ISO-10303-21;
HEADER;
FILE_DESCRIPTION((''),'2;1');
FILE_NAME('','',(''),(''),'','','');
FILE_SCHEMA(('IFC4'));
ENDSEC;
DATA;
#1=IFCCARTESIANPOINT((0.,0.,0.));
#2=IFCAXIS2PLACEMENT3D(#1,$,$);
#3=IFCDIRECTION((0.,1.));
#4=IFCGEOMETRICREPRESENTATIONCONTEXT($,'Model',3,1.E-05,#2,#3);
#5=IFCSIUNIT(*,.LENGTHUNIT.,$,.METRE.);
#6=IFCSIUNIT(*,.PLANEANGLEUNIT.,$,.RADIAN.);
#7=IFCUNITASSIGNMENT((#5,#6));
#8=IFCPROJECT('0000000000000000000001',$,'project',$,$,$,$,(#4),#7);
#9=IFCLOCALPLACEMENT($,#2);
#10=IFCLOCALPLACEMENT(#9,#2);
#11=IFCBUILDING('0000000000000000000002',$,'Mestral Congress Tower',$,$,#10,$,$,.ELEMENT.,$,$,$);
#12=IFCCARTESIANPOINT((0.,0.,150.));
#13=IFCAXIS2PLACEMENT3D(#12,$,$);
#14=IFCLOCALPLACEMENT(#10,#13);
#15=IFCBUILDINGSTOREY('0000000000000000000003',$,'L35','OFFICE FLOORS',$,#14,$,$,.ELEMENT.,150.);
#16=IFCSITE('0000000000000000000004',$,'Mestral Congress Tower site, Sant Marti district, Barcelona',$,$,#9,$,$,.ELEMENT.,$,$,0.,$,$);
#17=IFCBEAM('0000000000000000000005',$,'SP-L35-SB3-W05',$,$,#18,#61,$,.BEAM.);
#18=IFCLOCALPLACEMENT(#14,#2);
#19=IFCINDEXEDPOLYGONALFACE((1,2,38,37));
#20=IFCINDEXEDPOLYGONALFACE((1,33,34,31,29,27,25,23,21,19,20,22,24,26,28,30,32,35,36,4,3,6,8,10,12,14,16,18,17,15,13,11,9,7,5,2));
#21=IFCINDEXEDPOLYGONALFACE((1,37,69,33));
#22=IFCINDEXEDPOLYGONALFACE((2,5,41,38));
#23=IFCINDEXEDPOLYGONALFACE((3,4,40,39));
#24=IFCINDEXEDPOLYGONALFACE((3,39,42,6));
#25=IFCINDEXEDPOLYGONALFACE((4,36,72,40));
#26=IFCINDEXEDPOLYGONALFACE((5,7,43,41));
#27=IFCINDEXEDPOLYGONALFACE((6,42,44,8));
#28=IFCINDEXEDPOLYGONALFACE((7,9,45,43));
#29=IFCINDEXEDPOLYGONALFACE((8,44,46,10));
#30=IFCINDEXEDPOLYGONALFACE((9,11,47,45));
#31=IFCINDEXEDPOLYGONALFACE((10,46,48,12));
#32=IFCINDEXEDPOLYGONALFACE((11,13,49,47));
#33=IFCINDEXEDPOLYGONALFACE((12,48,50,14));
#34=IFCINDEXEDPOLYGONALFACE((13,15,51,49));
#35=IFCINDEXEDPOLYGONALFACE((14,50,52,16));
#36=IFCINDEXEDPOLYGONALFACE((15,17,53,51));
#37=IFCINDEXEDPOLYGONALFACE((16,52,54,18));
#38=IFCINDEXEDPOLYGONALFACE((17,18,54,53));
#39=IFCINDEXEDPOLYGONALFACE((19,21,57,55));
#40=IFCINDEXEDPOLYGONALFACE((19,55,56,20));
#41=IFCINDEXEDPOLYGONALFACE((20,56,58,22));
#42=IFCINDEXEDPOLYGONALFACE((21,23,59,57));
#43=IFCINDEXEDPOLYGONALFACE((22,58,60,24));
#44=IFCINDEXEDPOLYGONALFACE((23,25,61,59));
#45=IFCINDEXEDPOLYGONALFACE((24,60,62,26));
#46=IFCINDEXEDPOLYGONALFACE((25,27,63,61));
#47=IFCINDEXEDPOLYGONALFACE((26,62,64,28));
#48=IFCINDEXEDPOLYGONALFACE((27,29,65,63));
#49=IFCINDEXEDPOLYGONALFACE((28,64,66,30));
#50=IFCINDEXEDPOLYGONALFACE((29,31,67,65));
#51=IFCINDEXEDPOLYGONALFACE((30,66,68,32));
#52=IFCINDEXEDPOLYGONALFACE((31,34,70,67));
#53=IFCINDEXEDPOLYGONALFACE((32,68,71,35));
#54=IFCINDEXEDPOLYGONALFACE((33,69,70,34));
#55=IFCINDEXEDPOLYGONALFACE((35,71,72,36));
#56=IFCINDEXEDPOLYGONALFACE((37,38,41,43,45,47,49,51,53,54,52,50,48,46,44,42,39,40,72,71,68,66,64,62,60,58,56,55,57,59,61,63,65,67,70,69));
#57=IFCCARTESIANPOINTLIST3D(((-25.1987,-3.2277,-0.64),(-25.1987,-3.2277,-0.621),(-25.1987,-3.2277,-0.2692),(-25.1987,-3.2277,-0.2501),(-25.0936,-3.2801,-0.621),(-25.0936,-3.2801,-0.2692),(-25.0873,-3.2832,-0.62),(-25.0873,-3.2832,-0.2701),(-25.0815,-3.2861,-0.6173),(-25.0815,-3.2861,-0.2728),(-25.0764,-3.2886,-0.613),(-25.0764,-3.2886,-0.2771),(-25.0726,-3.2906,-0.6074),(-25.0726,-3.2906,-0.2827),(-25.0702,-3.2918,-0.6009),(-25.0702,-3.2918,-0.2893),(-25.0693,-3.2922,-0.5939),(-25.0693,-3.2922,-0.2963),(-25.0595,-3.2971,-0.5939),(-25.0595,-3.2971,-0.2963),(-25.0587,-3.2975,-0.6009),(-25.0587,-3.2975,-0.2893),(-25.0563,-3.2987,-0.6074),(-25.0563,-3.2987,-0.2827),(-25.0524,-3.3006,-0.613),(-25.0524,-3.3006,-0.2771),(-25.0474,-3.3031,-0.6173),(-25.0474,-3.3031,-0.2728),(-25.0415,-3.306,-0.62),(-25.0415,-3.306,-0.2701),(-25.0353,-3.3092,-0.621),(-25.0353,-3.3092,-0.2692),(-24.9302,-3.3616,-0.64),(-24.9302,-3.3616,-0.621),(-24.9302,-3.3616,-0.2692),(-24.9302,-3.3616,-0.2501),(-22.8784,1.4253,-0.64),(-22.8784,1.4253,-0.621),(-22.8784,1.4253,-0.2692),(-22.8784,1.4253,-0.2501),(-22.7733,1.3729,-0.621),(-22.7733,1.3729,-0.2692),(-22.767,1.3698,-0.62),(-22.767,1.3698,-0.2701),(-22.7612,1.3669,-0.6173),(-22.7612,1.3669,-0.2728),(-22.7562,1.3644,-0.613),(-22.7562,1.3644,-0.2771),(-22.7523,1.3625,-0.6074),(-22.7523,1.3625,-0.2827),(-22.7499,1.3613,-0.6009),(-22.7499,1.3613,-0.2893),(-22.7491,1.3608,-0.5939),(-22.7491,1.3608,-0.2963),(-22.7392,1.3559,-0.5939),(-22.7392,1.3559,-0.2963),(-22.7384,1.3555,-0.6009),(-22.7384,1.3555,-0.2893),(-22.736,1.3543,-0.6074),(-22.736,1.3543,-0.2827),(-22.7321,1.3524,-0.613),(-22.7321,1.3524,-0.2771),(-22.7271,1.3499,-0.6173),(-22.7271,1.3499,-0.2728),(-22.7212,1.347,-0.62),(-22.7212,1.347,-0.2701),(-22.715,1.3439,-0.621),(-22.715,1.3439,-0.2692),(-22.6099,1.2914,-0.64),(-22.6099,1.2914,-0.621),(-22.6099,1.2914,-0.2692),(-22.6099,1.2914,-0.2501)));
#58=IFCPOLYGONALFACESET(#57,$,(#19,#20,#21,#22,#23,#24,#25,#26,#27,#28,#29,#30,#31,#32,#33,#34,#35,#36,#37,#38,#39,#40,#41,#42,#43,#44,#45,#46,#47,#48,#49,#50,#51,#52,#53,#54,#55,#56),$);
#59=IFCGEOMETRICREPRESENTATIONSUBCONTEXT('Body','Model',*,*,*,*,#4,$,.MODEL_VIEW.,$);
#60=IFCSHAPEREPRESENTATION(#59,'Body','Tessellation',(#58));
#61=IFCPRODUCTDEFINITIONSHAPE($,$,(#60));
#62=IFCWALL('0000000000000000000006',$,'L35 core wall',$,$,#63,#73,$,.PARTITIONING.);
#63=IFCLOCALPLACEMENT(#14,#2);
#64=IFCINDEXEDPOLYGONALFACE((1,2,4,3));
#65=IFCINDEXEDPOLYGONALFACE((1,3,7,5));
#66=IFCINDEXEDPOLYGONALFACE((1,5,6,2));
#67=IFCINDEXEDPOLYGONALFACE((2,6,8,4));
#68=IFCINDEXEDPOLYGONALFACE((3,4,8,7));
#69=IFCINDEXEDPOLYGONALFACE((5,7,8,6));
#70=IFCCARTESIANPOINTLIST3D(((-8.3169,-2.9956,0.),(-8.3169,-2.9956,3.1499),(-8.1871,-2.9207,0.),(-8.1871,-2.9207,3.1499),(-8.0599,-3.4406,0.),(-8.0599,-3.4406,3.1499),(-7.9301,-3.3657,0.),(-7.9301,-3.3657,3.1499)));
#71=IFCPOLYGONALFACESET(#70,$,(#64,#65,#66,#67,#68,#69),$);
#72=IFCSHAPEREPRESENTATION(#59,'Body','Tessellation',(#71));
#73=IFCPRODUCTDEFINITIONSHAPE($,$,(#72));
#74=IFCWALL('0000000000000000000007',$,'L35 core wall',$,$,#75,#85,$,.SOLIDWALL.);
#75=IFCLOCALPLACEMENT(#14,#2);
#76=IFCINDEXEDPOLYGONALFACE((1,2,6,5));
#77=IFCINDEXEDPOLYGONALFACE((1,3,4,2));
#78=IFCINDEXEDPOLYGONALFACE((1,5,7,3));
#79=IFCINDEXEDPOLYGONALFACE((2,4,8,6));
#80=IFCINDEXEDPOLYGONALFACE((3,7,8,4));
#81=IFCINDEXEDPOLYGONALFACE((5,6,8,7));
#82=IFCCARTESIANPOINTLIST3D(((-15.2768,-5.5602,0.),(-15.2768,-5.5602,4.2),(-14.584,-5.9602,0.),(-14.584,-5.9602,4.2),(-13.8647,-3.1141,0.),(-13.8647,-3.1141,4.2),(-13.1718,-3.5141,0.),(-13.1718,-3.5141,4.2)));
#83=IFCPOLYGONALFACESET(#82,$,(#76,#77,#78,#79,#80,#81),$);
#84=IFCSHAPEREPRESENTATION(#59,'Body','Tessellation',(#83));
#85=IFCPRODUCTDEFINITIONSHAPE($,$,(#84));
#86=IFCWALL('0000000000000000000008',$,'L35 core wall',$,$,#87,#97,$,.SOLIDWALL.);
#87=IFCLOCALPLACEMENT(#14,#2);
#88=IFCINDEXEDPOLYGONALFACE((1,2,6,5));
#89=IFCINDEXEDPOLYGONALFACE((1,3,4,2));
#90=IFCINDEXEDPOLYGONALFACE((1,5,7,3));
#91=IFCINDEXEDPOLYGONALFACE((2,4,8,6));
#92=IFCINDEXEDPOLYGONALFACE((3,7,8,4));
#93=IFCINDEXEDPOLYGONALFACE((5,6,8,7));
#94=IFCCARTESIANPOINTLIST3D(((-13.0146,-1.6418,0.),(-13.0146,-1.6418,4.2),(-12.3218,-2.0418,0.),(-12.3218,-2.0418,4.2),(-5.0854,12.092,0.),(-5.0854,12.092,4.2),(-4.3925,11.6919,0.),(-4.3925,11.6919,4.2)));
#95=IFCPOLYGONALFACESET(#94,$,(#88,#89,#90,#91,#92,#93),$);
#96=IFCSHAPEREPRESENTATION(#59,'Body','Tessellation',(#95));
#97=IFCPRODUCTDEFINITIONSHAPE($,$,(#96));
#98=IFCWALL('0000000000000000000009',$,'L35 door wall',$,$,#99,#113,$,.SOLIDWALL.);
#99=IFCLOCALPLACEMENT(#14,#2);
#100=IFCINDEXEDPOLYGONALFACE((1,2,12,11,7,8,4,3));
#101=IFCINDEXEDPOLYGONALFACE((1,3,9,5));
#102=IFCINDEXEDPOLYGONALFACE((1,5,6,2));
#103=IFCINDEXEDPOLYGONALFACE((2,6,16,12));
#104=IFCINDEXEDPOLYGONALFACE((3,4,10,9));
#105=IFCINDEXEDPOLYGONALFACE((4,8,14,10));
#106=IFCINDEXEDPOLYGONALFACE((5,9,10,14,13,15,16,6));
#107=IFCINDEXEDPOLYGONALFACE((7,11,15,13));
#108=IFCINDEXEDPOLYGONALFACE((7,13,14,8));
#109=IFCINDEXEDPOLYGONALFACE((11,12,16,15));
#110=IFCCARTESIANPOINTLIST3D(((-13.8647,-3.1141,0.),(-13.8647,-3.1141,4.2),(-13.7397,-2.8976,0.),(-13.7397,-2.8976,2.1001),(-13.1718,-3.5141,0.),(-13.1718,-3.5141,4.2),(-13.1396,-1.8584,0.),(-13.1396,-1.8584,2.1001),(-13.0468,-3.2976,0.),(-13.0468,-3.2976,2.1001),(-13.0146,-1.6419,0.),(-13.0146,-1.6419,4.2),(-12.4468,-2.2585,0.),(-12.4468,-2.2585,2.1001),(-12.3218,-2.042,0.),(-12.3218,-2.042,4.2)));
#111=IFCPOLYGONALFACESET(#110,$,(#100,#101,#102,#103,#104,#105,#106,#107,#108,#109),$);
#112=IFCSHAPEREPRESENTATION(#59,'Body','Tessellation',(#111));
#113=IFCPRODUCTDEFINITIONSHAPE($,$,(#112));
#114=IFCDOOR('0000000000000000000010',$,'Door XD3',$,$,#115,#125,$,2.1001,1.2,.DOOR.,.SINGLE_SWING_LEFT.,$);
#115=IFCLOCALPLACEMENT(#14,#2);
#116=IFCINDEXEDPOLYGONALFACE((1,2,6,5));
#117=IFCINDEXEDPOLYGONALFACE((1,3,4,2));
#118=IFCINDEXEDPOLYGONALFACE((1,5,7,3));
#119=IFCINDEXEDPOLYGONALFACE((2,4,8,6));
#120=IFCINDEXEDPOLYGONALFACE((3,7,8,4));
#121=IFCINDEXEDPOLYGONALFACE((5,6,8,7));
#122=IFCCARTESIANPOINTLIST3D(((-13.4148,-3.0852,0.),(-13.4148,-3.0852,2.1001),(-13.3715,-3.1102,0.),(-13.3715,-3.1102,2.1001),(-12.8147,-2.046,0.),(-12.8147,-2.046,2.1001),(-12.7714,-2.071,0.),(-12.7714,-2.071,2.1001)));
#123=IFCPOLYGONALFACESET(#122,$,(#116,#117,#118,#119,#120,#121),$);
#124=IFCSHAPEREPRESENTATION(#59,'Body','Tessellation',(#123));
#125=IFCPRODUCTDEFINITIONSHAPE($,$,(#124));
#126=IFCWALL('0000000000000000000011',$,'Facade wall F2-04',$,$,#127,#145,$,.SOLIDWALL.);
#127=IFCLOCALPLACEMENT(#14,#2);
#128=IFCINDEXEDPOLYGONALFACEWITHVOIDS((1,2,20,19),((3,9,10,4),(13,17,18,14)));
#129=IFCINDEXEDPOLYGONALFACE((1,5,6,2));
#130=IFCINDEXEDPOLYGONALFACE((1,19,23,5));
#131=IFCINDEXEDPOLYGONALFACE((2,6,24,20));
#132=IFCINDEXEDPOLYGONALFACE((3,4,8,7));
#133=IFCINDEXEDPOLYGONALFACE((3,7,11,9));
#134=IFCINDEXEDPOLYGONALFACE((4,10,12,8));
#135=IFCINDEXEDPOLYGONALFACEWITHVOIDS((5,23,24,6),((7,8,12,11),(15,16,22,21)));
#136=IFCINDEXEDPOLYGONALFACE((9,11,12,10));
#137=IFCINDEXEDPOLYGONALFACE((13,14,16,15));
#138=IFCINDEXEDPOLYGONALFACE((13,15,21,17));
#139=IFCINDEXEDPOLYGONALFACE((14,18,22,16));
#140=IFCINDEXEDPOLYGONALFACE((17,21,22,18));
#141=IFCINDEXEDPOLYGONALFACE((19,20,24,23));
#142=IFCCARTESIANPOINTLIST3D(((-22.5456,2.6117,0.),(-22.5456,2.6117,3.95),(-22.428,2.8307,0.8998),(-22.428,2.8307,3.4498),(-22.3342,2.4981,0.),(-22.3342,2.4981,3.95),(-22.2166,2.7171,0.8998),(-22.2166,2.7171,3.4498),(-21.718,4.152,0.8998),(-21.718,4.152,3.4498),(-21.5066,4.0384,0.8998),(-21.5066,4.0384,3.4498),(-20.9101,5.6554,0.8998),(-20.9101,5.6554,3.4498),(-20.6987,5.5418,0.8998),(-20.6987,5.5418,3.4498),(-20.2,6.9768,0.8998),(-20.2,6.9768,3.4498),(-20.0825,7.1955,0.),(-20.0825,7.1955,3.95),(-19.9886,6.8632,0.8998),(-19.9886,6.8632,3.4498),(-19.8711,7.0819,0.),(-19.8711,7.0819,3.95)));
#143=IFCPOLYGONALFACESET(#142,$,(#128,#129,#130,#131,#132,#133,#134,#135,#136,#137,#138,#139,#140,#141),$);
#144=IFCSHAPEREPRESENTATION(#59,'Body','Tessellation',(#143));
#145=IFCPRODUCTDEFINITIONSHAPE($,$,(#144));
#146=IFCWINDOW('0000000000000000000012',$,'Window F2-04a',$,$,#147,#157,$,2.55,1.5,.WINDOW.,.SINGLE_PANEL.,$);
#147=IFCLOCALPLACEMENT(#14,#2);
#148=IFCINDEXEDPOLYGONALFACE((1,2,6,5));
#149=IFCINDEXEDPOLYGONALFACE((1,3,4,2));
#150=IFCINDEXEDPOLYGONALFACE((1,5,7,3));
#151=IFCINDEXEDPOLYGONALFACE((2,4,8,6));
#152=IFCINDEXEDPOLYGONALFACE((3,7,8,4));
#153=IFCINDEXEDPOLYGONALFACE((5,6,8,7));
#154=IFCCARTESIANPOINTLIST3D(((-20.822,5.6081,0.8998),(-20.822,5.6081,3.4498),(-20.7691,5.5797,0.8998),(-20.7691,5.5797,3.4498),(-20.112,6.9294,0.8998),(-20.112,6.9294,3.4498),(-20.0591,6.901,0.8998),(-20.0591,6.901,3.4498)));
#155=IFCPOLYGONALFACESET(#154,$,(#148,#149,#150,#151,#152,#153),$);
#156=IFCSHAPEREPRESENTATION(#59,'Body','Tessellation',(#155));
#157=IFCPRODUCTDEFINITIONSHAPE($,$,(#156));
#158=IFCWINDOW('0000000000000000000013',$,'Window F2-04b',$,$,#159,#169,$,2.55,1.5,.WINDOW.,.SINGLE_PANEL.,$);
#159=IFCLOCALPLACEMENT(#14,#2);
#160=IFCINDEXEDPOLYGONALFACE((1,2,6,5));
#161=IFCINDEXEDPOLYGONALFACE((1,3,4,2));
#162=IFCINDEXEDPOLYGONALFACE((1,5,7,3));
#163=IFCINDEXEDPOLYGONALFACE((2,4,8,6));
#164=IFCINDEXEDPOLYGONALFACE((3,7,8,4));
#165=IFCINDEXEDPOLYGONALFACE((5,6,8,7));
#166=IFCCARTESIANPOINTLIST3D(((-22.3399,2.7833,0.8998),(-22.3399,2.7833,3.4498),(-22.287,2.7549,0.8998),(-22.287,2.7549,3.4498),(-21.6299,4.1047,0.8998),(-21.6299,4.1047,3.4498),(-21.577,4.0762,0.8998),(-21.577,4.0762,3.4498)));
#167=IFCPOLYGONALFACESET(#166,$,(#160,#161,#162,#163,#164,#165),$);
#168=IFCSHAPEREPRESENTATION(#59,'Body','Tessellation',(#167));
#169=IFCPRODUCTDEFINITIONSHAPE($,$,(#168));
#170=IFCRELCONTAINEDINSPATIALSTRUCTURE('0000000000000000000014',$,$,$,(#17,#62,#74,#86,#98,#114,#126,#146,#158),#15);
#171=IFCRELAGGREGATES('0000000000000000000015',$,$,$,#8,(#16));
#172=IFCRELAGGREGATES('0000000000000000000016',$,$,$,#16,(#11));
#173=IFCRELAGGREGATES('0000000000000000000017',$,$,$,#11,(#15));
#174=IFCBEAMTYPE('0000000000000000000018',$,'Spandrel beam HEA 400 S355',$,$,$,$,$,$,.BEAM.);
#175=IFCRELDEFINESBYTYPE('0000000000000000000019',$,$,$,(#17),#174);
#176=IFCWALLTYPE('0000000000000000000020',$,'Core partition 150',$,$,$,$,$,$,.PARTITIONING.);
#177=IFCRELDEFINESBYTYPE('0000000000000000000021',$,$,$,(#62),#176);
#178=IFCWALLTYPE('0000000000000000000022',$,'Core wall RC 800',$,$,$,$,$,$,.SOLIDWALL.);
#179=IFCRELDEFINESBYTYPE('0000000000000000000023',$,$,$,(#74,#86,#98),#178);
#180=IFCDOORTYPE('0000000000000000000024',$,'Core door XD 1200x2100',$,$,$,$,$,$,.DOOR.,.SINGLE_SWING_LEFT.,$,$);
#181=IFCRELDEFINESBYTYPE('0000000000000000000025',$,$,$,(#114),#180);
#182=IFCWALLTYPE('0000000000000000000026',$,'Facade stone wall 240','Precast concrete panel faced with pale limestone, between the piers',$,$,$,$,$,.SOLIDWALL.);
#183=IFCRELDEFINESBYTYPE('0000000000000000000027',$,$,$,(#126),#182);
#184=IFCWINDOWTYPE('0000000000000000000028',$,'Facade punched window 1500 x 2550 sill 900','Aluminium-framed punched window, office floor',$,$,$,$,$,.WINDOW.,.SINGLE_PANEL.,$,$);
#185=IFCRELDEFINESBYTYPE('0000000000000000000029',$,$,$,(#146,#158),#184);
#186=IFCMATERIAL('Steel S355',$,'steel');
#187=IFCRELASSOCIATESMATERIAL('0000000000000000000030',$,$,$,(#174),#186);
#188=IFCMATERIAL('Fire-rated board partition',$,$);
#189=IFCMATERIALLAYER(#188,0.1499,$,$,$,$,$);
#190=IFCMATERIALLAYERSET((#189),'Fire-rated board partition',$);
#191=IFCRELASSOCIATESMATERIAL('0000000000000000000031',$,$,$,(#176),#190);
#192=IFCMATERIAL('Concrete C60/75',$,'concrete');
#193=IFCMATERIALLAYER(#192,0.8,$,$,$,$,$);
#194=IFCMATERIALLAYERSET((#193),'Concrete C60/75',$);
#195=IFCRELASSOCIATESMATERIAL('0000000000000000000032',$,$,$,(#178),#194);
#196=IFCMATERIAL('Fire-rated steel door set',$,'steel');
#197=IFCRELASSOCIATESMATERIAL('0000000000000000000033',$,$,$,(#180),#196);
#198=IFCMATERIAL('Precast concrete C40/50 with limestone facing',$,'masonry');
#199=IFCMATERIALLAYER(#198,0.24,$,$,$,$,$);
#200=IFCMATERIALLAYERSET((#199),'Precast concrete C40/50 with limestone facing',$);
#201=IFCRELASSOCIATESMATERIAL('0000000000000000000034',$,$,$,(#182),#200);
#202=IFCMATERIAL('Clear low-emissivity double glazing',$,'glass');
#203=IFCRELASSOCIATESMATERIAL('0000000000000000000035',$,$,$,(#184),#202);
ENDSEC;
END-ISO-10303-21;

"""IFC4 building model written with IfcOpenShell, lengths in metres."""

from ifc_helpers import new_model, si_unit, direction, frame, frame_2d, origin, origin_2d, place, context, subcontext, project, spatial, rectangle, i_section, extrude, material, layer, layer_set, material_profile, profile_set, type_object, element, fill, save


model = new_model("IFC4")

# Units and contexts
model_context = context("Model", 3, precision=1e-05, world=origin(), true_north=direction((0.0, 1.0)))
body_context = subcontext(model_context, "Body", "Model", "MODEL_VIEW")
ifc_project = project(units=[si_unit("LENGTHUNIT", "METRE"), si_unit("PLANEANGLEUNIT", "RADIAN")], contexts=[model_context])

# Site, building, storey
site_placement = place(None, origin())
site = spatial("IfcSite", under=ifc_project, at=site_placement, Name="Mestral Congress Tower site, Sant Marti district, Barcelona", CompositionType="ELEMENT", RefElevation=0.0)
building_placement = place(site_placement, origin())
building = spatial("IfcBuilding", under=site, at=building_placement, Name="Mestral Congress Tower", CompositionType="ELEMENT")
storey_placement = place(building_placement, frame((0.0, 0.0, 150.0)))
storey = spatial("IfcBuildingStorey", under=building, at=storey_placement, Name="L35", Description="OFFICE FLOORS", CompositionType="ELEMENT", Elevation=150.0)

# Shared definitions
ifc_material_1 = material(Name="Concrete C60/75", Category="concrete")

# Beam
ifc_material_2 = material(Name="Steel S355", Category="steel")
ifc_material_profile_1 = material_profile(ifc_material_2, i_section(OverallWidth=0.3, OverallDepth=0.3899, WebThickness=0.011, FlangeThickness=0.019, FilletRadius=0.0271, at=origin_2d()), Name="HEA 400")
ifc_profile_set_1 = profile_set([ifc_material_profile_1], Name="Steel S355")
beam_type_1 = type_object("IfcBeamType", Name="Spandrel beam HEA 400 S355", PredefinedType="BEAM", material=ifc_profile_set_1)
beam_1_placement = place(storey_placement, frame((-22.7441, 1.3584, -0.4451), z_axis=(-0.446255, -0.894906, 0.0), x_axis=(0.894906, -0.446255, 0.0)))
element("IfcBeam", 1, at=beam_1_placement, inside=storey, type_object=beam_type_1, Name="SP-L35-SB3-W05", PredefinedType="BEAM", context=body_context, shape_type="SweptSolid", body=[
    extrude(i_section(OverallWidth=0.3, OverallDepth=0.3899, WebThickness=0.011, FlangeThickness=0.019, FilletRadius=0.0271, at=origin_2d()), origin(), (0.0, 0.0, 1.0), 5.1995),
])

# Walls
ifc_material_3 = material(Name="Fire-rated board partition")
ifc_layer_1 = layer(ifc_material_3, 0.1499)
ifc_layer_set_1 = layer_set([ifc_layer_1], Name="Fire-rated board partition")
wall_type_1 = type_object("IfcWallType", Name="Core partition 150", PredefinedType="PARTITIONING", material=ifc_layer_set_1)
wall_1_placement = place(storey_placement, frame((-8.252, -2.9583, 0.0), z_axis=(0.0, 0.0, 1.0), x_axis=(0.500175, -0.865925, 0.0)))
element("IfcWall", 2, at=wall_1_placement, inside=storey, type_object=wall_type_1, Name="L35 core wall", PredefinedType="PARTITIONING", context=body_context, shape_type="SweptSolid", body=[
    extrude(rectangle(XDim=0.5139, YDim=0.1499, at=frame_2d((0.2568, 0.0))), origin(), (0.0, 0.0, 1.0), 3.1499),
])
ifc_layer_2 = layer(ifc_material_1, 0.8)
ifc_layer_set_2 = layer_set([ifc_layer_2], Name="Concrete C60/75")
wall_type_2 = type_object("IfcWallType", Name="Core wall RC 800", PredefinedType="SOLIDWALL", material=ifc_layer_set_2)
wall_2_placement = place(storey_placement, frame((-13.5183, -3.3142, 0.0), z_axis=(0.0, 0.0, 1.0), x_axis=(-0.499969, -0.866043, 0.0)))
element("IfcWall", 3, at=wall_2_placement, inside=storey, type_object=wall_type_2, Name="L35 core wall", PredefinedType="SOLIDWALL", context=body_context, shape_type="SweptSolid", body=[
    extrude(rectangle(XDim=2.8245, YDim=0.8, at=frame_2d((1.4121, 0.0))), origin(), (0.0, 0.0, 1.0), 4.2),
])
wall_3_placement = place(storey_placement, frame((-12.6682, -1.8418, 0.0), z_axis=(0.0, 0.0, 1.0), x_axis=(0.500004, 0.866023, 0.0)))
element("IfcWall", 4, at=wall_3_placement, inside=storey, type_object=wall_type_2, Name="L35 core wall", PredefinedType="SOLIDWALL", context=body_context, shape_type="SweptSolid", body=[
    extrude(rectangle(XDim=15.8584, YDim=0.8, at=frame_2d((7.9292, 0.0))), origin(), (0.0, 0.0, 1.0), 4.2),
])

# Wall, opening, door
wall_4_placement = place(storey_placement, frame((-13.5183, -3.3142, 0.0), z_axis=(0.0, 0.0, 1.0), x_axis=(0.500062, 0.865989, 0.0)))
wall_4 = element("IfcWall", 5, at=wall_4_placement, inside=storey, type_object=wall_type_2, Name="L35 door wall", PredefinedType="SOLIDWALL", context=body_context, shape_type="SweptSolid", body=[
    extrude(rectangle(XDim=1.7, YDim=0.8, at=frame_2d((0.8501, 0.0))), origin(), (0.0, 0.0, 1.0), 4.2),
])
opening_1_placement = place(wall_4_placement, frame((0.25, 0.0, 0.0)))
opening_1 = element("IfcOpeningElement", 6, at=opening_1_placement, cuts=wall_4, PredefinedType="OPENING", context=body_context, shape_type="SweptSolid", body=[
    extrude(rectangle(XDim=1.2, YDim=2.1001, at=frame_2d((0.6001, 1.05))), frame((0.0, 0.4099, 0.0), z_axis=(0.0, -1.0, 0.0), x_axis=(1.0, 0.0, 0.0)), (0.0, 0.0, 1.0), 0.8201),
])
ifc_material_4 = material(Name="Fire-rated steel door set", Category="steel")
door_type_1 = type_object("IfcDoorType", Name="Core door XD 1200x2100", OperationType="SINGLE_SWING_LEFT", PredefinedType="DOOR", material=ifc_material_4)
door_1_placement = place(opening_1_placement, origin())
door_1 = element("IfcDoor", 7, at=door_1_placement, inside=storey, type_object=door_type_1, Name="Door XD3", OperationType="SINGLE_SWING_LEFT", OverallHeight=2.1001, OverallWidth=1.2, PredefinedType="DOOR", context=body_context, shape_type="SweptSolid", body=[
    extrude(rectangle(XDim=1.2, YDim=2.1001, at=frame_2d((0.6001, 1.05))), frame((0.0, 0.0249, 0.0), z_axis=(0.0, -1.0, 0.0), x_axis=(1.0, 0.0, 0.0)), (0.0, 0.0, 1.0), 0.05),
])
fill(opening_1, door_1)

# Wall, openings, windows
ifc_material_5 = material(Name="Precast concrete C40/50 with limestone facing", Category="masonry")
ifc_layer_3 = layer(ifc_material_5, 0.24)
ifc_layer_set_3 = layer_set([ifc_layer_3], Name="Precast concrete C40/50 with limestone facing")
wall_type_3 = type_object("IfcWallType", Name="Facade stone wall 240", Description="Precast concrete panel faced with pale limestone, between the piers", PredefinedType="SOLIDWALL", material=ifc_layer_set_3)
wall_5_placement = place(storey_placement, frame((-19.9768, 7.1387, 0.0), z_axis=(0.0, 0.0, 1.0), x_axis=(-0.47335, -0.880875, 0.0)))
wall_5 = element("IfcWall", 8, at=wall_5_placement, inside=storey, type_object=wall_type_3, Name="Facade wall F2-04", PredefinedType="SOLIDWALL", context=body_context, shape_type="SweptSolid", body=[
    extrude(rectangle(XDim=5.2036, YDim=0.24, at=frame_2d((2.6018, 0.0))), origin(), (0.0, 0.0, 1.0), 3.95),
])
opening_2_placement = place(wall_5_placement, frame((0.2483, 0.0, 0.8999)))
opening_2 = element("IfcOpeningElement", 9, at=opening_2_placement, cuts=wall_5, PredefinedType="OPENING", context=body_context, shape_type="SweptSolid", body=[
    extrude(rectangle(XDim=1.5, YDim=2.55, at=frame_2d((0.75, 1.2749))), frame((0.0, 0.1299, 0.0), z_axis=(0.0, -1.0, 0.0), x_axis=(1.0, 0.0, 0.0)), (0.0, 0.0, 1.0), 0.26),
])
opening_3_placement = place(wall_5_placement, frame((3.4551, 0.0, 0.8999)))
opening_3 = element("IfcOpeningElement", 10, at=opening_3_placement, cuts=wall_5, PredefinedType="OPENING", context=body_context, shape_type="SweptSolid", body=[
    extrude(rectangle(XDim=1.5, YDim=2.55, at=frame_2d((0.75, 1.2749))), frame((0.0, 0.1299, 0.0), z_axis=(0.0, -1.0, 0.0), x_axis=(1.0, 0.0, 0.0)), (0.0, 0.0, 1.0), 0.26),
])
ifc_material_6 = material(Name="Clear low-emissivity double glazing", Category="glass")
window_type = type_object("IfcWindowType", Name="Facade punched window 1500 x 2550 sill 900", Description="Aluminium-framed punched window, office floor", PartitioningType="SINGLE_PANEL", PredefinedType="WINDOW", material=ifc_material_6)
window_1_placement = place(opening_2_placement, origin())
window_1 = element("IfcWindow", 11, at=window_1_placement, inside=storey, type_object=window_type, Name="Window F2-04a", OverallHeight=2.55, OverallWidth=1.5, PartitioningType="SINGLE_PANEL", PredefinedType="WINDOW", context=body_context, shape_type="SweptSolid", body=[
    extrude(rectangle(XDim=1.5, YDim=2.55, at=frame_2d((0.75, 1.2749))), frame((0.0, 0.04, 0.0), z_axis=(0.0, -1.0, 0.0), x_axis=(1.0, 0.0, 0.0)), (0.0, 0.0, 1.0), 0.0601),
])
fill(opening_2, window_1)
window_2_placement = place(opening_3_placement, origin())
window_2 = element("IfcWindow", 12, at=window_2_placement, inside=storey, type_object=window_type, Name="Window F2-04b", OverallHeight=2.55, OverallWidth=1.5, PartitioningType="SINGLE_PANEL", PredefinedType="WINDOW", context=body_context, shape_type="SweptSolid", body=[
    extrude(rectangle(XDim=1.5, YDim=2.55, at=frame_2d((0.75, 1.2749))), frame((0.0, 0.04, 0.0), z_axis=(0.0, -1.0, 0.0), x_axis=(1.0, 0.0, 0.0)), (0.0, 0.0, 1.0), 0.0601),
])
fill(opening_3, window_2)

save(model, "model.ifc")
